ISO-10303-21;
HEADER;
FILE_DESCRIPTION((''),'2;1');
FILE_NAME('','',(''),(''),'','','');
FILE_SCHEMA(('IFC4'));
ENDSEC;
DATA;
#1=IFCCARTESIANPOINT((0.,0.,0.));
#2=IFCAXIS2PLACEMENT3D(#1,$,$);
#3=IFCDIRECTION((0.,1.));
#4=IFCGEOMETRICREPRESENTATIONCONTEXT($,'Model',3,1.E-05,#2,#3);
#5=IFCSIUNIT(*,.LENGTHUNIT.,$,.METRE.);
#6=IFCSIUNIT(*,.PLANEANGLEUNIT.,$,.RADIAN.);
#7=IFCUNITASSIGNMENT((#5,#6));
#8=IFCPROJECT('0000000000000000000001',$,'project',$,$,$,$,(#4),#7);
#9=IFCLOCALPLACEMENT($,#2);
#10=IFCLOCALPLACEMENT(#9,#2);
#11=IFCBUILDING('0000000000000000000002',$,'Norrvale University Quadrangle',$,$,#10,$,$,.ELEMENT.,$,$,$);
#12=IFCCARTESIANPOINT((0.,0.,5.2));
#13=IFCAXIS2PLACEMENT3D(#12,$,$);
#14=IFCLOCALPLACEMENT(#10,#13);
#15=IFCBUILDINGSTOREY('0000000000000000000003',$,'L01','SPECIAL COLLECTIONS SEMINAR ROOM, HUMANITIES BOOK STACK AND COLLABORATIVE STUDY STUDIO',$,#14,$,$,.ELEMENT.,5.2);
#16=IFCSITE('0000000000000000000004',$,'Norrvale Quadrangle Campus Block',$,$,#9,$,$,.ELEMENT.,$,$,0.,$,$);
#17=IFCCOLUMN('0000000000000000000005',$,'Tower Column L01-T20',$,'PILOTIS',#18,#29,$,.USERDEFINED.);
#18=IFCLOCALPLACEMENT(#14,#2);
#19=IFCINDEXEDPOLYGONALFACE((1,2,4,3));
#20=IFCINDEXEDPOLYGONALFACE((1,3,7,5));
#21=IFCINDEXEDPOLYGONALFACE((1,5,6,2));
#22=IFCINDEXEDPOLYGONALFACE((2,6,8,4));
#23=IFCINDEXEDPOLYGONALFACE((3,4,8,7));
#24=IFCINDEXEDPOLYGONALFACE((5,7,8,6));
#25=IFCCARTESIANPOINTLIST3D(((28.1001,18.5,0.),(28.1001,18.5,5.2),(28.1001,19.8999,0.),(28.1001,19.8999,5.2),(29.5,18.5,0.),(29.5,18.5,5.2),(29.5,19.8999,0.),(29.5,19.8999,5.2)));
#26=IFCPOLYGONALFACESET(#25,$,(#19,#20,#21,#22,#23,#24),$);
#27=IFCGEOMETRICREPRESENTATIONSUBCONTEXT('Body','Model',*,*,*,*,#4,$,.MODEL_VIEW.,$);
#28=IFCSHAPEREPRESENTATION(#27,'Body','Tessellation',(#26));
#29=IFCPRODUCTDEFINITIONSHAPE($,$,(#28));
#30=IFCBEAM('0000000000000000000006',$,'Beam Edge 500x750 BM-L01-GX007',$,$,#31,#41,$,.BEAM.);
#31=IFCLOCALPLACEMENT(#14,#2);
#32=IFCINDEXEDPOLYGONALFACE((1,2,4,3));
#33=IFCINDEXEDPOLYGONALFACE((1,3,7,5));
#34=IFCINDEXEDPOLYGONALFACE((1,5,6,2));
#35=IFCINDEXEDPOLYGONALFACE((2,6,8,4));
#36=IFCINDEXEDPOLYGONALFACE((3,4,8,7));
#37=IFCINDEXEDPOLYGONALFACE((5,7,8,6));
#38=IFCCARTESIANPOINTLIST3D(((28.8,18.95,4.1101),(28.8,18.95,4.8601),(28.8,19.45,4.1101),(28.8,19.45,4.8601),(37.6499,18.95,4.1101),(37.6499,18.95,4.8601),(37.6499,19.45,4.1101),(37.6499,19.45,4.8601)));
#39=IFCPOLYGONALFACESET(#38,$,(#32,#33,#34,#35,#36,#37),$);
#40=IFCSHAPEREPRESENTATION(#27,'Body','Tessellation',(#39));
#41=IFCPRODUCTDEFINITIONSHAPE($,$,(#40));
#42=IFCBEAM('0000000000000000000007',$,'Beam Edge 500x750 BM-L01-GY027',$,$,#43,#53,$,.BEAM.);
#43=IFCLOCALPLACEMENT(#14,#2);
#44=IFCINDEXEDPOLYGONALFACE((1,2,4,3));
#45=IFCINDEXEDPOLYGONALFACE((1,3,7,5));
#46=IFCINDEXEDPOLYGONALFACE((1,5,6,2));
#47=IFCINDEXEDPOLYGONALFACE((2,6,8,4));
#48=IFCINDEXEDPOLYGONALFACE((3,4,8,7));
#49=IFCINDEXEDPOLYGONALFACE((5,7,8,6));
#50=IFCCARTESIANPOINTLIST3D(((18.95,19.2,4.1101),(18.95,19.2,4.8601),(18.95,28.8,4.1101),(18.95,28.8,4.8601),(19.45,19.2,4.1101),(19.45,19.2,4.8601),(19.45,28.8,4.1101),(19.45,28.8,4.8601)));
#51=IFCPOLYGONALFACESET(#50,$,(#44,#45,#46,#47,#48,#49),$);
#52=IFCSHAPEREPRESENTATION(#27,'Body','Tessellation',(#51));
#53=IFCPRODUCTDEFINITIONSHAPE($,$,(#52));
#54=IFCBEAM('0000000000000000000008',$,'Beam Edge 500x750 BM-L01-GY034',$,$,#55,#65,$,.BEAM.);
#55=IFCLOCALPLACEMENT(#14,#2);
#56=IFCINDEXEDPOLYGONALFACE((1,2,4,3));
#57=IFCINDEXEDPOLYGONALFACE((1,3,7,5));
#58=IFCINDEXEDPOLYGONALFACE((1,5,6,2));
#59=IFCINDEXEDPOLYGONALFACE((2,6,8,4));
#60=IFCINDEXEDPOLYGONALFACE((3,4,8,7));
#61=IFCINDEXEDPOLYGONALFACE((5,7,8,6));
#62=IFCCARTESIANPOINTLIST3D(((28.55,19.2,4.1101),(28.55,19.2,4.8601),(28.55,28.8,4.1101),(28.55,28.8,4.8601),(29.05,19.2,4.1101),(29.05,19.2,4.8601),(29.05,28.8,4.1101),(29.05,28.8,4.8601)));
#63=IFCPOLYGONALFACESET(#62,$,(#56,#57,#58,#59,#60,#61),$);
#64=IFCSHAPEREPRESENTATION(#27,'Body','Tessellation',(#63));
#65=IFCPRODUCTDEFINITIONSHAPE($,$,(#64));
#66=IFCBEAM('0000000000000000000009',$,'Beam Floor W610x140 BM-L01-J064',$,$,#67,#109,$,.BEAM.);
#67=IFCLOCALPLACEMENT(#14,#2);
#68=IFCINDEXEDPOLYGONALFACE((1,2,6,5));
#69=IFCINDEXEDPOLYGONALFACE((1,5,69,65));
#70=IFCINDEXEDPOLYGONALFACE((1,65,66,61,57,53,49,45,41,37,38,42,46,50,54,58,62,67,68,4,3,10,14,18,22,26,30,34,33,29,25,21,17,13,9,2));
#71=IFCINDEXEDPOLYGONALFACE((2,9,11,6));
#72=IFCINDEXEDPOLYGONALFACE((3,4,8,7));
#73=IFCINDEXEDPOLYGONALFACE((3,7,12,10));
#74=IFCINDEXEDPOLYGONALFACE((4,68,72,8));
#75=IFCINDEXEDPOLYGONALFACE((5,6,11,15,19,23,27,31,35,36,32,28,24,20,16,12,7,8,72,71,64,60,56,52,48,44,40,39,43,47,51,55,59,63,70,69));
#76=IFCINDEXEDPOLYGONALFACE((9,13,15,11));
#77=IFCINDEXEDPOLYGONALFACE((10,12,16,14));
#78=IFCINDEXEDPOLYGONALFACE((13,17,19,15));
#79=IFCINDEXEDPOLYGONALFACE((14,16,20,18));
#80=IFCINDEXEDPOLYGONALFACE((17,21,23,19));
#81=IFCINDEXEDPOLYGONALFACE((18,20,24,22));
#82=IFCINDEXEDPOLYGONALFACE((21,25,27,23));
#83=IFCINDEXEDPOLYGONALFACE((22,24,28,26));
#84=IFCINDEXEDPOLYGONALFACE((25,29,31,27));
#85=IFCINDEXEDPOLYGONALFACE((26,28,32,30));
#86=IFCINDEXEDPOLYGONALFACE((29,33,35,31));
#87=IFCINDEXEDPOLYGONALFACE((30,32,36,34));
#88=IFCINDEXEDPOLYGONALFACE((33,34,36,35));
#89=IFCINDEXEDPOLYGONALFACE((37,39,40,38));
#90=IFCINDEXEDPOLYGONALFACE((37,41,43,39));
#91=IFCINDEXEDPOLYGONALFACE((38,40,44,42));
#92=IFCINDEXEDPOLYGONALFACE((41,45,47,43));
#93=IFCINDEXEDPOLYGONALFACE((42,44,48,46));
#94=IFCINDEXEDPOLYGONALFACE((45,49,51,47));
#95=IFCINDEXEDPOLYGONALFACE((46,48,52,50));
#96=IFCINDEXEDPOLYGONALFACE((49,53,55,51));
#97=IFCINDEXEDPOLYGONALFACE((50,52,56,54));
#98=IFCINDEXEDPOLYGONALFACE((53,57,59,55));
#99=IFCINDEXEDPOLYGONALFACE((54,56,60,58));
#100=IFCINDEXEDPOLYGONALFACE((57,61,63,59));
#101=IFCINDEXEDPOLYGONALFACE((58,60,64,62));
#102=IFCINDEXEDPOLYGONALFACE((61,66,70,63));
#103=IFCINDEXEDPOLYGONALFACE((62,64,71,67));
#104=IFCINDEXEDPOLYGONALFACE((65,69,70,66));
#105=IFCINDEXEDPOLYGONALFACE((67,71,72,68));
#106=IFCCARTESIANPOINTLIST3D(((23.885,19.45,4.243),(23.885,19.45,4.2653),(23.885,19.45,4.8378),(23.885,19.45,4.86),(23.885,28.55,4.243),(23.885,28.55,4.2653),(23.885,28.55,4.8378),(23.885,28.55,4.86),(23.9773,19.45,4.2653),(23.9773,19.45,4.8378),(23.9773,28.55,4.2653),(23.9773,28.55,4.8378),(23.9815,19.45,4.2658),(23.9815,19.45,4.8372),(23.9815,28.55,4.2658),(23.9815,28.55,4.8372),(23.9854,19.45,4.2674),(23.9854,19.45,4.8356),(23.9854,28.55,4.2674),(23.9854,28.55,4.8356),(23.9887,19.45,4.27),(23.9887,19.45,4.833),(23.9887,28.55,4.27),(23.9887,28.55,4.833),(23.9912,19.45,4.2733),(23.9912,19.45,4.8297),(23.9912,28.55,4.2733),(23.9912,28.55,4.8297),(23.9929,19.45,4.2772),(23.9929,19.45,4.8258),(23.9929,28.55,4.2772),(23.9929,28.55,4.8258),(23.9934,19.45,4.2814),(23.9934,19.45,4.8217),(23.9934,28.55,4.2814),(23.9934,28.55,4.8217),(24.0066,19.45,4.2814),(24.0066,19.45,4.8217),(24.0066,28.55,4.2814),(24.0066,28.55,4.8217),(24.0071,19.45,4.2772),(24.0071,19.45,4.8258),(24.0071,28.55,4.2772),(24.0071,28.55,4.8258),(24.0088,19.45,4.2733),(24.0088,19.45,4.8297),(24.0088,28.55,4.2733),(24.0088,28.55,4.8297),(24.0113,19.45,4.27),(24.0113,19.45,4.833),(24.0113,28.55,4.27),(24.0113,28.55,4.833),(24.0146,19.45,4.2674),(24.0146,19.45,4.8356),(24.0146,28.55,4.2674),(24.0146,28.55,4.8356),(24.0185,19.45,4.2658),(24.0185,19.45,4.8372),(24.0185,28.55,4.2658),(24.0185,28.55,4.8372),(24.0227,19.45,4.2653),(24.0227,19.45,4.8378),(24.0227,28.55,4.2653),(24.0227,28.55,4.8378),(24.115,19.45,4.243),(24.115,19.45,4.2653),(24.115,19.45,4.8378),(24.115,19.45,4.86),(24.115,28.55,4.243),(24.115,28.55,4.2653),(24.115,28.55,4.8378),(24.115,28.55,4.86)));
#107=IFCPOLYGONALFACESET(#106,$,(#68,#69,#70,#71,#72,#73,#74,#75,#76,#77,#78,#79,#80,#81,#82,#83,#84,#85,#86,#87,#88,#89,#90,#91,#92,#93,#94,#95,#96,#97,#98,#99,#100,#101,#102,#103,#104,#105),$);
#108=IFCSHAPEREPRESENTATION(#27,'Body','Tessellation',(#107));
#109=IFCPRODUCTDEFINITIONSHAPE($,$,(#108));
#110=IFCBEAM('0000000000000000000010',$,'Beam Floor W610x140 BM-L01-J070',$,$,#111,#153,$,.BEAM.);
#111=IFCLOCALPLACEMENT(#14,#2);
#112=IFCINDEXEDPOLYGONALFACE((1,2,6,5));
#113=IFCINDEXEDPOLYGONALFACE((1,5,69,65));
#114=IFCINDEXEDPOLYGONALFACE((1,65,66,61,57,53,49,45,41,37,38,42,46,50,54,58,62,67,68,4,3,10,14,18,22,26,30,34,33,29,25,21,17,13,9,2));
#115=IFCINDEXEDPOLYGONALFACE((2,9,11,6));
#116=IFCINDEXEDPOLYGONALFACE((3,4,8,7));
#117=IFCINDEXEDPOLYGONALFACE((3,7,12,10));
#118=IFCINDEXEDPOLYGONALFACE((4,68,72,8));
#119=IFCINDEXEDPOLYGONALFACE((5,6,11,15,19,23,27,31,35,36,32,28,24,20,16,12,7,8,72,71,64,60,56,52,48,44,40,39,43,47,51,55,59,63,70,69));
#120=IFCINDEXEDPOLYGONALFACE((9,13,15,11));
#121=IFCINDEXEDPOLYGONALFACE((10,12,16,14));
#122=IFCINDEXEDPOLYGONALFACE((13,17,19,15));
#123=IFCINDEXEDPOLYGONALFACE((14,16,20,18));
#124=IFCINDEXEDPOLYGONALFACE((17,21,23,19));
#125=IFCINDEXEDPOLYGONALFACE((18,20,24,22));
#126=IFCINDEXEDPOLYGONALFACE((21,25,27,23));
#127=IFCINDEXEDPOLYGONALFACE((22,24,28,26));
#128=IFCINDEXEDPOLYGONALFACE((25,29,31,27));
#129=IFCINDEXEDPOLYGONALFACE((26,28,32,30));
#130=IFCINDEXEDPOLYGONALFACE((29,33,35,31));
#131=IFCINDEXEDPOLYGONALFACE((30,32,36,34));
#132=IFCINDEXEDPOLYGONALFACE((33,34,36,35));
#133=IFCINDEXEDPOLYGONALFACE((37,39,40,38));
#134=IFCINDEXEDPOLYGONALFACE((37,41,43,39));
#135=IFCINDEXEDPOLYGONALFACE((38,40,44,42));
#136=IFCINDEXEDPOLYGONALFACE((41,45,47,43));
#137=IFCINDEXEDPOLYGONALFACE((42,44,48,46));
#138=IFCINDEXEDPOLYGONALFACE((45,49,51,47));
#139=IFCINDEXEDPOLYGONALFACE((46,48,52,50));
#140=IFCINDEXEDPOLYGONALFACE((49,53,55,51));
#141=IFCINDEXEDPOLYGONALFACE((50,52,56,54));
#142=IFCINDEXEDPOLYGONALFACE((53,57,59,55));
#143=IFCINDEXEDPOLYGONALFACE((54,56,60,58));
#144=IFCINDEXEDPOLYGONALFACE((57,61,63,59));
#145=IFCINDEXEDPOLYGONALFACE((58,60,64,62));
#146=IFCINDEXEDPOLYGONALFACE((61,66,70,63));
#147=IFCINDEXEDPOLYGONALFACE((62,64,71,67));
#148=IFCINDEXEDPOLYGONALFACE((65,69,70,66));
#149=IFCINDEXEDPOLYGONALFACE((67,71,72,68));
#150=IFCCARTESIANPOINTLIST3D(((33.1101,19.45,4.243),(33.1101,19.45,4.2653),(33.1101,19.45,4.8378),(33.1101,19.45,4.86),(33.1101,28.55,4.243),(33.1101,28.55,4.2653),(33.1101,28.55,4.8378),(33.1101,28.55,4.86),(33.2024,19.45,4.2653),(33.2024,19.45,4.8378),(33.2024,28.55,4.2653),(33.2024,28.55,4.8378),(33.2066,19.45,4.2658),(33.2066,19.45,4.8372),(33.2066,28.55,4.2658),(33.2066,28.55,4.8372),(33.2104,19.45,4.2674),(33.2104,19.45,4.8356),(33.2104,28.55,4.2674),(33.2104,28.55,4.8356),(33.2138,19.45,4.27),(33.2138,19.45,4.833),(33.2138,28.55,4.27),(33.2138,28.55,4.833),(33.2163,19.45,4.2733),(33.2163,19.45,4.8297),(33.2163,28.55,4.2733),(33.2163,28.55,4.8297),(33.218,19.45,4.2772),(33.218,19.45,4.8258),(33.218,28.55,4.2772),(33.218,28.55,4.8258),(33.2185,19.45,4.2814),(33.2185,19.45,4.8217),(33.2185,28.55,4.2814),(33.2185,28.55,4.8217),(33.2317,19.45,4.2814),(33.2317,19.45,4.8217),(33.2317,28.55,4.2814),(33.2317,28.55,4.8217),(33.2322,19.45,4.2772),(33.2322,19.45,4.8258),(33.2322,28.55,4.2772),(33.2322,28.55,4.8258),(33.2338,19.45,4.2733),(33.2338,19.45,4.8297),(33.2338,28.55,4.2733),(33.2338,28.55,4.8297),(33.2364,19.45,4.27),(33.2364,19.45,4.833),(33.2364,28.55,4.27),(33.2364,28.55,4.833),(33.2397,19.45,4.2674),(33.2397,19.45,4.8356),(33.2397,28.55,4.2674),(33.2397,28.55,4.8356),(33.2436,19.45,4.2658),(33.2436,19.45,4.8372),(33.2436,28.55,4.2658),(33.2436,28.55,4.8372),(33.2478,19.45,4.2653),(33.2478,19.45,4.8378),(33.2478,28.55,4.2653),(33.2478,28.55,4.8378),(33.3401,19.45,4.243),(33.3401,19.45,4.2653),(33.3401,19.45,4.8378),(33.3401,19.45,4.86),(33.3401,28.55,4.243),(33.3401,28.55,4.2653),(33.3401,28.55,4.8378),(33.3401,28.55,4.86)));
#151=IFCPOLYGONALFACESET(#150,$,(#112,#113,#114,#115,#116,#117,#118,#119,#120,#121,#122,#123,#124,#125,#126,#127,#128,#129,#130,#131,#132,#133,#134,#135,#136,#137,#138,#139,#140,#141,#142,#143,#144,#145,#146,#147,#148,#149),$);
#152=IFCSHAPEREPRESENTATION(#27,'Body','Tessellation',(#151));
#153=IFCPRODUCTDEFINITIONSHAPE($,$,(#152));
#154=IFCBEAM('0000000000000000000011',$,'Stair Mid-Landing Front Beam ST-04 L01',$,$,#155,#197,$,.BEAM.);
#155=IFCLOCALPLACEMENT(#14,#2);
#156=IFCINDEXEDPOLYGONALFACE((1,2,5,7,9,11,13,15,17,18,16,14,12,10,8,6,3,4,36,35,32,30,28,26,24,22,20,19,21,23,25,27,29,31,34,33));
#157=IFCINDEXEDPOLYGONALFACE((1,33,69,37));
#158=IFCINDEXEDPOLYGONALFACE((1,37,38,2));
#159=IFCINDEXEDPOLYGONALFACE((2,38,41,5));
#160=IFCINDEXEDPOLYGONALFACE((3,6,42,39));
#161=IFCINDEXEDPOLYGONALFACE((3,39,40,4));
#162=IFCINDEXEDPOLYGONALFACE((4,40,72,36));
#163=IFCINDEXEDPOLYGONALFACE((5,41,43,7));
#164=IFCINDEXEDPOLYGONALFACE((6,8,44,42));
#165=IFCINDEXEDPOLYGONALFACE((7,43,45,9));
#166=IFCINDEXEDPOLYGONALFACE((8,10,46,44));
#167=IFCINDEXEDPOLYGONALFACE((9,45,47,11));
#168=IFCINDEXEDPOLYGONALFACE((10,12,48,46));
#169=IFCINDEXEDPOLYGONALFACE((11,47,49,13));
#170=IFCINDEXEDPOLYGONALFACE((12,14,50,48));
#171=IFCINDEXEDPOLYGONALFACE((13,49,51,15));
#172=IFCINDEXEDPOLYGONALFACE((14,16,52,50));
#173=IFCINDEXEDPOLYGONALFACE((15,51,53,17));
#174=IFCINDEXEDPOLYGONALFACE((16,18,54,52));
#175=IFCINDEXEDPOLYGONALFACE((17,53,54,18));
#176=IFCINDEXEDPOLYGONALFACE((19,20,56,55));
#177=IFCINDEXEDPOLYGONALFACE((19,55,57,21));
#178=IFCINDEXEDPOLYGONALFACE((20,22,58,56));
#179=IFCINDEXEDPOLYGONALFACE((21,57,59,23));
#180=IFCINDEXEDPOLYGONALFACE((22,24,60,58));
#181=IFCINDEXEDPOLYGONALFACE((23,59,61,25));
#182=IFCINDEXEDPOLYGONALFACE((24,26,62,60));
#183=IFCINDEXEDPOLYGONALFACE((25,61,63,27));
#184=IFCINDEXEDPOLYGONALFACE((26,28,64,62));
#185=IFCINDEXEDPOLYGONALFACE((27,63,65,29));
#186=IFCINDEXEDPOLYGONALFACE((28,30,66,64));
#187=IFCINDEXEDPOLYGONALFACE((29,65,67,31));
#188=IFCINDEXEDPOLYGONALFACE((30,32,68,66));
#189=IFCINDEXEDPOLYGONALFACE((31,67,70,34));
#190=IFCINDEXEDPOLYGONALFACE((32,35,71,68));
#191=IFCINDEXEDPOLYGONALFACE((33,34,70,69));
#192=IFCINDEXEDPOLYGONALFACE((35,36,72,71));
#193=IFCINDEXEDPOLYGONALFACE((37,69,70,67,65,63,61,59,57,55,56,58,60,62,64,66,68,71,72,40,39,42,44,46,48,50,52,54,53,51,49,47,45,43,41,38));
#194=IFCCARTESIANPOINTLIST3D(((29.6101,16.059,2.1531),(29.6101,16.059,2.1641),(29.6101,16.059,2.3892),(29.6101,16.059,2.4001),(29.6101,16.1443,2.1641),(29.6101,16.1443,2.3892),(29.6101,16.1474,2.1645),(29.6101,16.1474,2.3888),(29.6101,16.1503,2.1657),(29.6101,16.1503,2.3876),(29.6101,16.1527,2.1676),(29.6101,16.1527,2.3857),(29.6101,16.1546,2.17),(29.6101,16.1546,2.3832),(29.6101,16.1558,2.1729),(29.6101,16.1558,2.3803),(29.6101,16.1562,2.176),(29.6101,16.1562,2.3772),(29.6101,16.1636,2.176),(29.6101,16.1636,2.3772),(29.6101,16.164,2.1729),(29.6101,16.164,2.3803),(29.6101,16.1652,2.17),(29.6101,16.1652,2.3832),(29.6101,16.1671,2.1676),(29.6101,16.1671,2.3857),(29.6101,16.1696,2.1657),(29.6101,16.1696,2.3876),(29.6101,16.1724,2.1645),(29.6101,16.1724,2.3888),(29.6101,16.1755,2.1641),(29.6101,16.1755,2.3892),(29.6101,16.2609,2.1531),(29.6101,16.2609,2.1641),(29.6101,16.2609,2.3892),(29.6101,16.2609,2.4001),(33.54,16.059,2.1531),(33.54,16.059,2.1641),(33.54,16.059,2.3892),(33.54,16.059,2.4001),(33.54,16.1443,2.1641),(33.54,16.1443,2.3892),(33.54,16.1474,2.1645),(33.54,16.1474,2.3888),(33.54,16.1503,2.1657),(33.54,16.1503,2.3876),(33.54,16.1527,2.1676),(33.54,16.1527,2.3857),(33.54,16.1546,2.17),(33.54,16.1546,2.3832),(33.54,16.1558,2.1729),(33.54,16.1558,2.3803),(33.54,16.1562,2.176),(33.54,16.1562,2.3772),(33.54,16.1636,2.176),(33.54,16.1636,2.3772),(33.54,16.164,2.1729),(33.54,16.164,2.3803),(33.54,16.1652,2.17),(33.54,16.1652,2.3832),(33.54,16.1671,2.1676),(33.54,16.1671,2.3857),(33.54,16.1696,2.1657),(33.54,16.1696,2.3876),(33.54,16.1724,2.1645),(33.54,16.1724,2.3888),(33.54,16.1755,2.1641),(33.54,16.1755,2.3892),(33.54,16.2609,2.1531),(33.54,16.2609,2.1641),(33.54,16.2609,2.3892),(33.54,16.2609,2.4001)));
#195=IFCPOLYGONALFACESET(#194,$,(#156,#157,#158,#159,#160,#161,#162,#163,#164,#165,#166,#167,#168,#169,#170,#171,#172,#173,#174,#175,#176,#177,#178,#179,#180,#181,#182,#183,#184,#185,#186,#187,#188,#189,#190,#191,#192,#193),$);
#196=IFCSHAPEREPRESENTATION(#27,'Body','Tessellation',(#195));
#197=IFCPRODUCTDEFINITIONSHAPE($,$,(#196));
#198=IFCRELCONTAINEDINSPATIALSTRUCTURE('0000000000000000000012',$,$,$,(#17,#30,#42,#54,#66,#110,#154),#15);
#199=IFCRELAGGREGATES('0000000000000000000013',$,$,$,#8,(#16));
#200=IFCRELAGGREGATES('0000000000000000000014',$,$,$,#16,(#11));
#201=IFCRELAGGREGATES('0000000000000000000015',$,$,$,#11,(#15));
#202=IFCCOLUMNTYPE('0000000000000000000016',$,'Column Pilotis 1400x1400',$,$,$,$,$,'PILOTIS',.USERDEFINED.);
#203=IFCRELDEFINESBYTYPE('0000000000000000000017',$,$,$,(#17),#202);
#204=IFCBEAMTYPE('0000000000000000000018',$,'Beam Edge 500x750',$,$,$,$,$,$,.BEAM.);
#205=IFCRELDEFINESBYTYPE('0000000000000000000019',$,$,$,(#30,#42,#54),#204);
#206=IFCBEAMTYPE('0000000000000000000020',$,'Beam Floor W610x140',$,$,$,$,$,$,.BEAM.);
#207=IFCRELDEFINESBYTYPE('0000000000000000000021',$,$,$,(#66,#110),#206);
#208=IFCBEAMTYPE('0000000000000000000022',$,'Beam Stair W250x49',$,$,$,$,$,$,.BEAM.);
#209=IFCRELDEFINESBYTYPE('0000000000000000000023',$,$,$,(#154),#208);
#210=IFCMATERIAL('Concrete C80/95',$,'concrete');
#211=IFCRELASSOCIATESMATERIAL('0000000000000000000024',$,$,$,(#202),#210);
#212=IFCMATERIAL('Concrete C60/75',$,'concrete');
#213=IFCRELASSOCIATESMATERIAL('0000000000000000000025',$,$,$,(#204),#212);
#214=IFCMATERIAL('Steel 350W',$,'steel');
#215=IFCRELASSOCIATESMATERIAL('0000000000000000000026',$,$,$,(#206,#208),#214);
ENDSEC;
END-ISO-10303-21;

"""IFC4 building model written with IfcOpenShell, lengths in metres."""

from ifc_helpers import new_model, si_unit, direction, frame, origin, origin_2d, place, context, subcontext, project, spatial, rectangle, i_section, extrude, material, material_profile, profile_set, type_object, element, save


model = new_model("IFC4")

# Units and contexts
model_context = context("Model", 3, precision=1e-05, world=origin(), true_north=direction((0.0, 1.0)))
body_context = subcontext(model_context, "Body", "Model", "MODEL_VIEW")
ifc_project = project(units=[si_unit("LENGTHUNIT", "METRE"), si_unit("PLANEANGLEUNIT", "RADIAN")], contexts=[model_context])

# Site, building, storey
site_placement = place(None, origin())
site = spatial("IfcSite", under=ifc_project, at=site_placement, Name="Norrvale Quadrangle Campus Block", CompositionType="ELEMENT", RefElevation=0.0)
building_placement = place(site_placement, origin())
building = spatial("IfcBuilding", under=site, at=building_placement, Name="Norrvale University Quadrangle", CompositionType="ELEMENT")
storey_placement = place(building_placement, frame((0.0, 0.0, 5.2)))
storey = spatial("IfcBuildingStorey", under=building, at=storey_placement, Name="L01", Description="SPECIAL COLLECTIONS SEMINAR ROOM, HUMANITIES BOOK STACK AND COLLABORATIVE STUDY STUDIO", CompositionType="ELEMENT", Elevation=5.2)

# Column
ifc_material_1 = material(Name="Concrete C80/95", Category="concrete")
ifc_material_profile_1 = material_profile(ifc_material_1, rectangle(XDim=1.3999, YDim=1.3999, at=origin_2d()), Name="Concrete C80/95")
ifc_profile_set_1 = profile_set([ifc_material_profile_1], Name="Concrete C80/95")
column_type = type_object("IfcColumnType", Name="Column Pilotis 1400x1400", ElementType="PILOTIS", PredefinedType="USERDEFINED", material=ifc_profile_set_1)
column_placement = place(storey_placement, frame((28.8, 19.2, 0.0), z_axis=(0.0, 0.0, 1.0), x_axis=(1.0, 0.0, 0.0)))
element("IfcColumn", 1, at=column_placement, inside=storey, type_object=column_type, Name="Tower Column L01-T20", ObjectType="PILOTIS", PredefinedType="USERDEFINED", context=body_context, shape_type="SweptSolid", body=[
    extrude(rectangle(XDim=1.3999, YDim=1.3999, at=origin_2d()), origin(), (0.0, 0.0, 1.0), 5.2),
])

# Beams
ifc_material_2 = material(Name="Concrete C60/75", Category="concrete")
ifc_material_profile_2 = material_profile(ifc_material_2, rectangle(XDim=0.5, YDim=0.75, at=origin_2d()), Name="Concrete C60/75")
ifc_profile_set_2 = profile_set([ifc_material_profile_2], Name="Concrete C60/75")
beam_type_1 = type_object("IfcBeamType", Name="Beam Edge 500x750", PredefinedType="BEAM", material=ifc_profile_set_2)
beam_1_placement = place(storey_placement, frame((28.8, 19.2, 4.4851), z_axis=(1.0, 0.0, 0.0), x_axis=(0.0, 1.0, 0.0)))
element("IfcBeam", 2, at=beam_1_placement, inside=storey, type_object=beam_type_1, Name="Beam Edge 500x750 BM-L01-GX007", PredefinedType="BEAM", context=body_context, shape_type="SweptSolid", body=[
    extrude(rectangle(XDim=0.5, YDim=0.75, at=origin_2d()), origin(), (0.0, 0.0, 1.0), 8.8499),
])
for number, where, z_axis, x_axis, name in (
    (3, (19.2, 19.2, 4.4851), (0.0, 1.0, 0.0), (-1.0, 0.0, 0.0), "Beam Edge 500x750 BM-L01-GY027"),
    (4, (28.8, 19.2, 4.4851), (0.0, 1.0, 0.0), (-1.0, 0.0, 0.0), "Beam Edge 500x750 BM-L01-GY034"),
):
    element("IfcBeam", number, at=place(storey_placement, frame(where, z_axis=z_axis, x_axis=x_axis)), inside=storey, type_object=beam_type_1, Name=name, PredefinedType="BEAM", context=body_context, shape_type="SweptSolid", body=[
        extrude(rectangle(XDim=0.5, YDim=0.75, at=origin_2d()), origin(), (0.0, 0.0, 1.0), 9.6001),
    ])
ifc_material_3 = material(Name="Steel 350W", Category="steel")
ifc_material_profile_3 = material_profile(ifc_material_3, i_section(OverallWidth=0.23, OverallDepth=0.6169, WebThickness=0.0132, FlangeThickness=0.0222, FilletRadius=0.0161, at=origin_2d()), Name="Steel 350W")
ifc_profile_set_3 = profile_set([ifc_material_profile_3], Name="Steel 350W")
beam_type_2 = type_object("IfcBeamType", Name="Beam Floor W610x140", PredefinedType="BEAM", material=ifc_profile_set_3)
for number, where, z_axis, x_axis, name in (
    (5, (24.0, 19.45, 4.5515), (0.0, 1.0, 0.0), (-1.0, 0.0, 0.0), "Beam Floor W610x140 BM-L01-J064"),
    (6, (33.2251, 19.45, 4.5515), (0.0, 1.0, 0.0), (-1.0, 0.0, 0.0), "Beam Floor W610x140 BM-L01-J070"),
):
    element("IfcBeam", number, at=place(storey_placement, frame(where, z_axis=z_axis, x_axis=x_axis)), inside=storey, type_object=beam_type_2, Name=name, PredefinedType="BEAM", context=body_context, shape_type="SweptSolid", body=[
        extrude(i_section(OverallWidth=0.23, OverallDepth=0.6169, WebThickness=0.0132, FlangeThickness=0.0222, FilletRadius=0.0161, at=origin_2d()), origin(), (0.0, 0.0, 1.0), 9.1001),
    ])
ifc_material_profile_4 = material_profile(ifc_material_3, i_section(OverallWidth=0.2019, OverallDepth=0.2471, WebThickness=0.0073, FlangeThickness=0.011, FilletRadius=0.012, at=origin_2d()), Name="Steel 350W")
ifc_profile_set_4 = profile_set([ifc_material_profile_4], Name="Steel 350W")
beam_type_3 = type_object("IfcBeamType", Name="Beam Stair W250x49", PredefinedType="BEAM", material=ifc_profile_set_4)
for number, where, z_axis, x_axis, name in (
    (7, (29.6101, 16.1599, 2.2766), (1.0, 0.0, 0.0), (0.0, 1.0, 0.0), "Stair Mid-Landing Front Beam ST-04 L01"),
):
    element("IfcBeam", number, at=place(storey_placement, frame(where, z_axis=z_axis, x_axis=x_axis)), inside=storey, type_object=beam_type_3, Name=name, PredefinedType="BEAM", context=body_context, shape_type="SweptSolid", body=[
        extrude(i_section(OverallWidth=0.2019, OverallDepth=0.2471, WebThickness=0.0073, FlangeThickness=0.011, FilletRadius=0.012, at=origin_2d()), origin(), (0.0, 0.0, 1.0), 3.9299),
    ])

save(model, "model.ifc")
